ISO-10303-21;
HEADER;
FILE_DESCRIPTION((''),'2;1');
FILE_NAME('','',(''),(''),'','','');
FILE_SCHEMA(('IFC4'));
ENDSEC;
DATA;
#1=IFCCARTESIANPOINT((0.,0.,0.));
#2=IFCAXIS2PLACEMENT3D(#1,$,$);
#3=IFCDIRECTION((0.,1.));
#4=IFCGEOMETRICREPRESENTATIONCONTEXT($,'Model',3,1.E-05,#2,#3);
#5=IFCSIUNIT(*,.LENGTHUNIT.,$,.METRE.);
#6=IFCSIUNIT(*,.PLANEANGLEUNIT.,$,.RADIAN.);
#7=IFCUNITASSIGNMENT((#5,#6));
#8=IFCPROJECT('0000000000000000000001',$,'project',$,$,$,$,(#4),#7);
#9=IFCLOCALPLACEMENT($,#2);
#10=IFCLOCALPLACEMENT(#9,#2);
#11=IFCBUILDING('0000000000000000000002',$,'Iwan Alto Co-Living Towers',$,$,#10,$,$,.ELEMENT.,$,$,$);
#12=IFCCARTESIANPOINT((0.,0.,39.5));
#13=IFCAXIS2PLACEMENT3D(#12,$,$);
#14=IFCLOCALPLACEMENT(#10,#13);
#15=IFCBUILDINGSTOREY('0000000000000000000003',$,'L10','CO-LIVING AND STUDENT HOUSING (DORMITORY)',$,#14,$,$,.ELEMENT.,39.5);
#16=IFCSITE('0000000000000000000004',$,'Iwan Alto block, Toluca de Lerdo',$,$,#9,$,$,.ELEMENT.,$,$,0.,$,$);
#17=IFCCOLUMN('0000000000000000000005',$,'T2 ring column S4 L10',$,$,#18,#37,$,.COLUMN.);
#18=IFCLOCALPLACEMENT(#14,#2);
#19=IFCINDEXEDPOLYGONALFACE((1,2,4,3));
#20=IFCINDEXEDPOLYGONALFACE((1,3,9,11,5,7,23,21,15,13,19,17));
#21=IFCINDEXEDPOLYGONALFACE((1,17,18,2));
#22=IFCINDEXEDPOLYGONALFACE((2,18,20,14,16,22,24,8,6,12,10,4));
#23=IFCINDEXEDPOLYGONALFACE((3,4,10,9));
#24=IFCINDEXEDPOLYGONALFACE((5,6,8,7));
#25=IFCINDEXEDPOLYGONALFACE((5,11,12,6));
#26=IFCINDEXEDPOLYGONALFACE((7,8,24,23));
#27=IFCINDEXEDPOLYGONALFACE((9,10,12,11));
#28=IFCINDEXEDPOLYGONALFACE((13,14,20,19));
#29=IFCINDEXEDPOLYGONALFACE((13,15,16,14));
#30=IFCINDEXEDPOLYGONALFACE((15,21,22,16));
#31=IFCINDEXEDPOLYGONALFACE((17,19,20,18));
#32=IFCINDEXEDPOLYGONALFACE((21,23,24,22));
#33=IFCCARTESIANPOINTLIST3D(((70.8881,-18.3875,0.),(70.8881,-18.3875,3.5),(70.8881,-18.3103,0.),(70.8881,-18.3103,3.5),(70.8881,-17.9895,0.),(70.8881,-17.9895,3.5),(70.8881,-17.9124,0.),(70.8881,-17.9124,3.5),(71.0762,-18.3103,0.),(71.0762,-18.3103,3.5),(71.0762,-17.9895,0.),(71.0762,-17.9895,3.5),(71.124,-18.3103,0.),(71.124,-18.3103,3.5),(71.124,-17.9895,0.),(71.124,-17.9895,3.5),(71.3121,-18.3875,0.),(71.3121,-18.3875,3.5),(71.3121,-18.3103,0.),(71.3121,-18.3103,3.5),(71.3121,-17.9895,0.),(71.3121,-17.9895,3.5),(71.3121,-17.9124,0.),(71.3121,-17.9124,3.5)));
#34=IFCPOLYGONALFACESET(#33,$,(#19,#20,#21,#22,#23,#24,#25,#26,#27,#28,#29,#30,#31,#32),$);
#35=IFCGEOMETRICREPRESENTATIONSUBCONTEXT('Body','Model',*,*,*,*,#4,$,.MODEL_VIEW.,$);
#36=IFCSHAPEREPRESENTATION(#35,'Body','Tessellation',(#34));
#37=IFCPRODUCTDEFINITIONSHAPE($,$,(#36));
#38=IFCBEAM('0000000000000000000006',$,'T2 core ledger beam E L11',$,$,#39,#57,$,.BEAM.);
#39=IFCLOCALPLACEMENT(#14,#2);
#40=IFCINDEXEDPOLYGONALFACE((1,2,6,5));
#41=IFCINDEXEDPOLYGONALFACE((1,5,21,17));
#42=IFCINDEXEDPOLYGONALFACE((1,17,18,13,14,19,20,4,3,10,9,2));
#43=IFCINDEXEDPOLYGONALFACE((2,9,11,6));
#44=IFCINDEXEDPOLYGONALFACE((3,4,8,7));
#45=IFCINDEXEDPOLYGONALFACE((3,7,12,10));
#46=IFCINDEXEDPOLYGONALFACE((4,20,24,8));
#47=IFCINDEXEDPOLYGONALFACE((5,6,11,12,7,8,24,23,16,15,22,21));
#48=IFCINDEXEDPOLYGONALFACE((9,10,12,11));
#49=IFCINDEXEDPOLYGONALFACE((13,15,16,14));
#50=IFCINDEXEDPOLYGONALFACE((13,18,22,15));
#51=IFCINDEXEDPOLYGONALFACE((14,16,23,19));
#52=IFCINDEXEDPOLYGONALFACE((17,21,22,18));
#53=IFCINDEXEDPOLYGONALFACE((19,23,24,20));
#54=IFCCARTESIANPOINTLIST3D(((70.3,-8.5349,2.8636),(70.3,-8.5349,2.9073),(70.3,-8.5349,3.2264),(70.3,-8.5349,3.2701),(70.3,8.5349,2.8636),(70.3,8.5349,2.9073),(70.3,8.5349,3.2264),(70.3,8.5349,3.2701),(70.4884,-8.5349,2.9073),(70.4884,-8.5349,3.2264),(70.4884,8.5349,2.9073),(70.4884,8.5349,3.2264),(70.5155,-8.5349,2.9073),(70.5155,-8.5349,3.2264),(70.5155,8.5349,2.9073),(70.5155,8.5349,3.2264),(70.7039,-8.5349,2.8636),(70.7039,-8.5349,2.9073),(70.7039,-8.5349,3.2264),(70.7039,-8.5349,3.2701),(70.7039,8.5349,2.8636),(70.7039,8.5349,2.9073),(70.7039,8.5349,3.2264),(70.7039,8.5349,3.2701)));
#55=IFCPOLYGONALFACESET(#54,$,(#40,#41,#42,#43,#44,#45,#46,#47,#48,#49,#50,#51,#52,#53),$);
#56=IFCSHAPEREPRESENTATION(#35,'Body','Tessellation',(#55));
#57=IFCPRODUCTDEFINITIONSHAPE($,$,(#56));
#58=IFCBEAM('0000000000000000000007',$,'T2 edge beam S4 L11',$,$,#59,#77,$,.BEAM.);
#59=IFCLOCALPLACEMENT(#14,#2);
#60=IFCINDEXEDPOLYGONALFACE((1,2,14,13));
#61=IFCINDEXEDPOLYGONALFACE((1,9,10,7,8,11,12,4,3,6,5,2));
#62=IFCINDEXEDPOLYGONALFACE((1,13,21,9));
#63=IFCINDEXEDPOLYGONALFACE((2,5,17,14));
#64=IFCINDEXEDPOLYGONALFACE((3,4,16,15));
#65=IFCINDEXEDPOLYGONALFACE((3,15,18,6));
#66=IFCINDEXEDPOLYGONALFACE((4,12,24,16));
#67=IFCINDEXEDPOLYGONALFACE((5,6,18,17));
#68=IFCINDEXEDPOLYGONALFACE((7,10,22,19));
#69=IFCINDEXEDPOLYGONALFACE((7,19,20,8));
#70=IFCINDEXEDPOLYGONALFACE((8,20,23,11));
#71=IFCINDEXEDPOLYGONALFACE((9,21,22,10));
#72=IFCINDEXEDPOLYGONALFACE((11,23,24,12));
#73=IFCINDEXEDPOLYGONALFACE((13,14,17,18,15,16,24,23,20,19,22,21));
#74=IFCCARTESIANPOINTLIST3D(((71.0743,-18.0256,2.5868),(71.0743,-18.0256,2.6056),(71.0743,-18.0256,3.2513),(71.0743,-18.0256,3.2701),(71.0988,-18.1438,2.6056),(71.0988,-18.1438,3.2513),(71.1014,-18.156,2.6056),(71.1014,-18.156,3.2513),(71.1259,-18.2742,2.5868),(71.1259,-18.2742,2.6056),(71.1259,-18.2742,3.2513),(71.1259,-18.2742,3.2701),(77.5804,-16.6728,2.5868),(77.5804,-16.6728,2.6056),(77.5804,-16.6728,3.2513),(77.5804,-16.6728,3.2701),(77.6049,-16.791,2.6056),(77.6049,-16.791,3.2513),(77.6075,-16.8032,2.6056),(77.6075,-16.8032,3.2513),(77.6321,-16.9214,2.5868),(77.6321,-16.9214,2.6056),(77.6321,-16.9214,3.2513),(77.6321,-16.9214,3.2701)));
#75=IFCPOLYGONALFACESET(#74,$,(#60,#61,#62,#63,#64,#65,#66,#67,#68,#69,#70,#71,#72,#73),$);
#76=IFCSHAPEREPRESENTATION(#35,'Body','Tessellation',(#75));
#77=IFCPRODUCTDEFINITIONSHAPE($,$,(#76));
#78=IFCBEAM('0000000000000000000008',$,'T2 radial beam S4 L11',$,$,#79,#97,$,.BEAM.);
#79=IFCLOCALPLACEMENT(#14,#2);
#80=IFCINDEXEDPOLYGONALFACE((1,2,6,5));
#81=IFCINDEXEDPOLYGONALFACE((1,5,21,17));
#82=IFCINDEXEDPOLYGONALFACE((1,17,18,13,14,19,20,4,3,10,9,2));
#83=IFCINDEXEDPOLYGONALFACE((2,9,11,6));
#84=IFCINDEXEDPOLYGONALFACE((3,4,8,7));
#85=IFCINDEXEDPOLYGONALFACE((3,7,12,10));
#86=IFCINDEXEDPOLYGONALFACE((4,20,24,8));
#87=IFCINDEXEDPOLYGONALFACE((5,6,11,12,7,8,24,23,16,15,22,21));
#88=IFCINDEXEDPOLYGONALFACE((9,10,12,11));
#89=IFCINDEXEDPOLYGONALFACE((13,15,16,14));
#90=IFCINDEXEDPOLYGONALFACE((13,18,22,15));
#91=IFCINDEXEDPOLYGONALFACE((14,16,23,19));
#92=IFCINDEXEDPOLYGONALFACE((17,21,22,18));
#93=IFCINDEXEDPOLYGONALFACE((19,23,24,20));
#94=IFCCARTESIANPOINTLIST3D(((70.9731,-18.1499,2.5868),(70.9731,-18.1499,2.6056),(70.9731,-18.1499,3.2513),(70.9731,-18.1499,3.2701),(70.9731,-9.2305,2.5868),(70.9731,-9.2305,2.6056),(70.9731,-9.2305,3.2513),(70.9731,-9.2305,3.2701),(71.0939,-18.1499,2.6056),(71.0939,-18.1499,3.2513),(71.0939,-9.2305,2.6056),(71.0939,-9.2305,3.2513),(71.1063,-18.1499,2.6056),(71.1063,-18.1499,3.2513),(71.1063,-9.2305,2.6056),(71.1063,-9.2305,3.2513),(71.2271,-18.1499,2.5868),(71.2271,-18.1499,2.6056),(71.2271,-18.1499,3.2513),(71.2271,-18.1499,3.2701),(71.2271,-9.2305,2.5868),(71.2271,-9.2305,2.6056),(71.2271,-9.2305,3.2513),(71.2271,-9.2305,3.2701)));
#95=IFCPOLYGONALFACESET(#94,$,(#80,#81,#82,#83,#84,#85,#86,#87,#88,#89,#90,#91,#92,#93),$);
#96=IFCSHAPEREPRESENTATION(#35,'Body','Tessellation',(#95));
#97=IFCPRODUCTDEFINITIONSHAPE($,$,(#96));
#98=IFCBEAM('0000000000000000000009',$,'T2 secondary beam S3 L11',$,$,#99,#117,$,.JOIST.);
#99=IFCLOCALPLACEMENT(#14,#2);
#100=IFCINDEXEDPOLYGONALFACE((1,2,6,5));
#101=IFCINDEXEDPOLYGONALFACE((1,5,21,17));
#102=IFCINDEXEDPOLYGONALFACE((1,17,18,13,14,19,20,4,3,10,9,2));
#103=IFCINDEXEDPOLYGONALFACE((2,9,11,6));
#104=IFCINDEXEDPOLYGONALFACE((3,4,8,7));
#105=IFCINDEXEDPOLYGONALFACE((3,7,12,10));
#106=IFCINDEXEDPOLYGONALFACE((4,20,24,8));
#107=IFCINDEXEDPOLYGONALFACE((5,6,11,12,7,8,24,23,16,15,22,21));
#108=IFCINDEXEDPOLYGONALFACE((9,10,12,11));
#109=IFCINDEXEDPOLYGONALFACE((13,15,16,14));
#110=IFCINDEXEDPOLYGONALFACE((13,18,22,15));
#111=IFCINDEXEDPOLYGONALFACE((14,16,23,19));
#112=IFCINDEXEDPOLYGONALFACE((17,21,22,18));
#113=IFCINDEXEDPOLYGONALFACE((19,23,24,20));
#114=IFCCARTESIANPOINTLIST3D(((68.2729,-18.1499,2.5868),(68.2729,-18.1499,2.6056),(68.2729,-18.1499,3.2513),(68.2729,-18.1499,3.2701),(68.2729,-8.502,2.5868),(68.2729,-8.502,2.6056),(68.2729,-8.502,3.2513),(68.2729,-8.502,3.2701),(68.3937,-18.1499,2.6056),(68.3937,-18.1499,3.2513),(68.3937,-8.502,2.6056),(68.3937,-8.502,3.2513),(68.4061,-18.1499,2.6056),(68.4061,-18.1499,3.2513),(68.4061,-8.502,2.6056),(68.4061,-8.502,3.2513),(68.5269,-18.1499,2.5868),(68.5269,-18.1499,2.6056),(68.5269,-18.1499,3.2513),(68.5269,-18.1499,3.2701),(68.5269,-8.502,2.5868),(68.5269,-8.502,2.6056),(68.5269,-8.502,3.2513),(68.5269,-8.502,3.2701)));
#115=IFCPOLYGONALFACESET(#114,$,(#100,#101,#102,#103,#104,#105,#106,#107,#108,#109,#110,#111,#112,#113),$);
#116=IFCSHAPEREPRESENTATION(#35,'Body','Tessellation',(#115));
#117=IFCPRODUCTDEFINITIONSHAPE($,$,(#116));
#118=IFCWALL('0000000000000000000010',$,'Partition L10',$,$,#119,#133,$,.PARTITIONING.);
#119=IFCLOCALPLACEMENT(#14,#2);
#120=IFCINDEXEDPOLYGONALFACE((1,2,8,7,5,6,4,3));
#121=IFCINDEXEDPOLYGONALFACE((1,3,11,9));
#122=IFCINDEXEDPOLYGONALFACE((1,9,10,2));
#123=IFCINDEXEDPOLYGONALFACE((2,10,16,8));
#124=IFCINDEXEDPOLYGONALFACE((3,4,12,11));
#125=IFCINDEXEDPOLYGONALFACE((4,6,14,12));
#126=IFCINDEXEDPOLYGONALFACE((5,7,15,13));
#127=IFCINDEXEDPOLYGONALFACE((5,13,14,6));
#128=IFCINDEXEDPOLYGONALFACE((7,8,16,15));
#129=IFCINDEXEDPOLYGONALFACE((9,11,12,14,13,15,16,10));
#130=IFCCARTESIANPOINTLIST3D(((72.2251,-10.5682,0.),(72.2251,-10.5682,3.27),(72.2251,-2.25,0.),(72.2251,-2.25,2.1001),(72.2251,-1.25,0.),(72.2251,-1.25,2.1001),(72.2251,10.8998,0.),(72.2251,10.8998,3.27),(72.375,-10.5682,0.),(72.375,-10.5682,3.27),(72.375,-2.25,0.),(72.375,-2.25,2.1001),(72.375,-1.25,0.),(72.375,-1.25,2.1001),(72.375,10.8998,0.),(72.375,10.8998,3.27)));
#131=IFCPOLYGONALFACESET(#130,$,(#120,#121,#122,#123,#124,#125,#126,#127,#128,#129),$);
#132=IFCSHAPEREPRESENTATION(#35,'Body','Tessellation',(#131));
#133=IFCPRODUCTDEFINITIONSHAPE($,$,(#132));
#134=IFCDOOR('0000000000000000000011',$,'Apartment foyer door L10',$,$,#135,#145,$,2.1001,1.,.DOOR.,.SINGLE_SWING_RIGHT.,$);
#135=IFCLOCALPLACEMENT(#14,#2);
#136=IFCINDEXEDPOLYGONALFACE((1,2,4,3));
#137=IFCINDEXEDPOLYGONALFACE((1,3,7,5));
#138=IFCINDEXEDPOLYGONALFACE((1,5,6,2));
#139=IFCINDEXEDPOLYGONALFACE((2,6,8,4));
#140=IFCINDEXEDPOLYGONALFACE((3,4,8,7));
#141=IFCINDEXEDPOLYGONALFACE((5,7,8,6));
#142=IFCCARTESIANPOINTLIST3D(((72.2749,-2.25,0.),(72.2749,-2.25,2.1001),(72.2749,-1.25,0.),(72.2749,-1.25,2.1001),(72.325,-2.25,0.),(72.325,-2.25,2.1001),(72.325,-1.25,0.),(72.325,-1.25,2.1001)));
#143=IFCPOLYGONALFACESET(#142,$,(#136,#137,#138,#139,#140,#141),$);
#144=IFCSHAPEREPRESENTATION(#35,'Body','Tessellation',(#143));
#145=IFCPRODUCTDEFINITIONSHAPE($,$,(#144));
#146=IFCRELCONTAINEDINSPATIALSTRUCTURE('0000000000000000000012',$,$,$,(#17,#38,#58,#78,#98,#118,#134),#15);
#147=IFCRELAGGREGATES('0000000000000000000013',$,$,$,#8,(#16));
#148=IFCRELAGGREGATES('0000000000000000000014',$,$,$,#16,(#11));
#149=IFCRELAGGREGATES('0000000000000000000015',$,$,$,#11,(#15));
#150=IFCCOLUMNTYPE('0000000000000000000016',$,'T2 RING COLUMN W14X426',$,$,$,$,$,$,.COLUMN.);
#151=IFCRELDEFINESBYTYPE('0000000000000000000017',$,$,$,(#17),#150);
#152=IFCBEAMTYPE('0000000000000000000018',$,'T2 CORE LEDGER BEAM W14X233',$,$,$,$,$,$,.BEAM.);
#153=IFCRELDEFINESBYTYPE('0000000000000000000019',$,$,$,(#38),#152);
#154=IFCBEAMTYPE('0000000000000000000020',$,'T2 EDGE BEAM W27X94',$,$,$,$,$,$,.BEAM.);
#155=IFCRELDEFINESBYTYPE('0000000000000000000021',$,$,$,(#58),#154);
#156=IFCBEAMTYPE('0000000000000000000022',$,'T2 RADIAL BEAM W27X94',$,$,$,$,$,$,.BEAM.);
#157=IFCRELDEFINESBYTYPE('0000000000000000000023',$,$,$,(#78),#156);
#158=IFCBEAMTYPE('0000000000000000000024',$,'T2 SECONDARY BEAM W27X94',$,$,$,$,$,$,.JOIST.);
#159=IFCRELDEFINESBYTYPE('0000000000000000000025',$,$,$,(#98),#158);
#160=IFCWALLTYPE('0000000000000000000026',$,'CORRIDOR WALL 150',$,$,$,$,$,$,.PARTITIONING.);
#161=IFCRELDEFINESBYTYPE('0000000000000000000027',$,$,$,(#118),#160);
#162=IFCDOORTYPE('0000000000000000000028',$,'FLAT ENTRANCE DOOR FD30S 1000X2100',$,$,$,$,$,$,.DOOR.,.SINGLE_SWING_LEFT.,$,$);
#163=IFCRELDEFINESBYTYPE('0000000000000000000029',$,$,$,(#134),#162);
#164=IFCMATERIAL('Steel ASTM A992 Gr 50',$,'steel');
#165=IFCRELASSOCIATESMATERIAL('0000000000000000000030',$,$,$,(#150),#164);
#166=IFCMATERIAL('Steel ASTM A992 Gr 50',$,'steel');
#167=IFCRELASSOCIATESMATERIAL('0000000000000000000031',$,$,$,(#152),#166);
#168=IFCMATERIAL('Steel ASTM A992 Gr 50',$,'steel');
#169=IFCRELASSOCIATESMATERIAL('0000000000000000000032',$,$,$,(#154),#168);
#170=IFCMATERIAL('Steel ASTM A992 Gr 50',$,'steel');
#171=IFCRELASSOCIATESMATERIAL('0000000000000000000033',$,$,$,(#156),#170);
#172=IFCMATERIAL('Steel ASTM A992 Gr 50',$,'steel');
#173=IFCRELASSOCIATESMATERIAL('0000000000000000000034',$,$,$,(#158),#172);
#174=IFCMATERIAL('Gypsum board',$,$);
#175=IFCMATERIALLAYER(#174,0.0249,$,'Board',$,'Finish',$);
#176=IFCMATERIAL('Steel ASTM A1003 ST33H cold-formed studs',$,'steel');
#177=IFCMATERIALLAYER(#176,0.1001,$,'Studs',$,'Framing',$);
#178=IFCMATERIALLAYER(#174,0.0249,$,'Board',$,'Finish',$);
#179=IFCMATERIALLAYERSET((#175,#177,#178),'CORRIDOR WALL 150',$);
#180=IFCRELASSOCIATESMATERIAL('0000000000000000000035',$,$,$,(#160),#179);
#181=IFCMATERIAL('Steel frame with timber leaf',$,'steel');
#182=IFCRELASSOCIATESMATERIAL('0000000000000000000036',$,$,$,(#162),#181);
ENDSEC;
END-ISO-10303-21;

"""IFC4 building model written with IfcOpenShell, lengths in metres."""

from ifc_helpers import new_model, si_unit, direction, frame, frame_2d, origin, origin_2d, place, context, subcontext, project, spatial, rectangle, i_section, extrude, material, layer, layer_set, material_profile, profile_set, type_object, element, fill, save


model = new_model("IFC4")

# Units and contexts
model_context = context("Model", 3, precision=1e-05, world=origin(), true_north=direction((0.0, 1.0)))
body_context = subcontext(model_context, "Body", "Model", "MODEL_VIEW")
ifc_project = project(units=[si_unit("LENGTHUNIT", "METRE"), si_unit("PLANEANGLEUNIT", "RADIAN")], contexts=[model_context])

# Site, building, storey
site_placement = place(None, origin())
site = spatial("IfcSite", under=ifc_project, at=site_placement, Name="Iwan Alto block, Toluca de Lerdo", CompositionType="ELEMENT", RefElevation=0.0)
building_placement = place(site_placement, origin())
building = spatial("IfcBuilding", under=site, at=building_placement, Name="Iwan Alto Co-Living Towers", CompositionType="ELEMENT")
storey_placement = place(building_placement, frame((0.0, 0.0, 39.5)))
storey = spatial("IfcBuildingStorey", under=building, at=storey_placement, Name="L10", Description="CO-LIVING AND STUDENT HOUSING (DORMITORY)", CompositionType="ELEMENT", Elevation=39.5)

# Column
ifc_material_1 = material(Name="Steel ASTM A992 Gr 50", Category="steel")
ifc_material_profile_1 = material_profile(ifc_material_1, i_section(OverallWidth=0.4241, OverallDepth=0.4751, WebThickness=0.0479, FlangeThickness=0.0771, at=origin_2d()), Name="W14X426")
ifc_profile_set_1 = profile_set([ifc_material_profile_1], Name="Steel ASTM A992 Gr 50")
column_type = type_object("IfcColumnType", Name="T2 RING COLUMN W14X426", PredefinedType="COLUMN", material=ifc_profile_set_1)
column_placement = place(storey_placement, frame((71.1001, -18.1499, 0.0), z_axis=(0.0, 0.0, 1.0), x_axis=(1.0, 0.0, 0.0)))
element("IfcColumn", 1, at=column_placement, inside=storey, type_object=column_type, Name="T2 ring column S4 L10", PredefinedType="COLUMN", context=body_context, shape_type="SweptSolid", body=[
    extrude(i_section(OverallWidth=0.4241, OverallDepth=0.4751, WebThickness=0.0479, FlangeThickness=0.0771, at=origin_2d()), origin(), (0.0, 0.0, 1.0), 3.5),
])

# Beams
ifc_material_2 = material(Name="Steel ASTM A992 Gr 50", Category="steel")
ifc_material_profile_2 = material_profile(ifc_material_2, i_section(OverallWidth=0.4038, OverallDepth=0.4065, WebThickness=0.0271, FlangeThickness=0.0437, at=origin_2d()), Name="W14X233")
ifc_profile_set_2 = profile_set([ifc_material_profile_2], Name="Steel ASTM A992 Gr 50")
beam_type_1 = type_object("IfcBeamType", Name="T2 CORE LEDGER BEAM W14X233", PredefinedType="BEAM", material=ifc_profile_set_2)
beam_1_placement = place(storey_placement, frame((70.502, -8.5349, 3.0669), z_axis=(0.0, 1.0, 0.0), x_axis=(-1.0, 0.0, 0.0)))
element("IfcBeam", 2, at=beam_1_placement, inside=storey, type_object=beam_type_1, Name="T2 core ledger beam E L11", PredefinedType="BEAM", context=body_context, shape_type="SweptSolid", body=[
    extrude(i_section(OverallWidth=0.4038, OverallDepth=0.4065, WebThickness=0.0271, FlangeThickness=0.0437, at=origin_2d()), origin(), (0.0, 0.0, 1.0), 17.0698),
])
ifc_material_3 = material(Name="Steel ASTM A992 Gr 50", Category="steel")
ifc_material_profile_3 = material_profile(ifc_material_3, i_section(OverallWidth=0.2539, OverallDepth=0.6833, WebThickness=0.0125, FlangeThickness=0.0188, at=origin_2d()), Name="W27X94")
ifc_profile_set_3 = profile_set([ifc_material_profile_3], Name="Steel ASTM A992 Gr 50")
beam_type_2 = type_object("IfcBeamType", Name="T2 EDGE BEAM W27X94", PredefinedType="BEAM", material=ifc_profile_set_3)
beam_2_placement = place(storey_placement, frame((71.1001, -18.1499, 2.9285), z_axis=(0.97906, 0.203571, 0.0), x_axis=(-0.203571, 0.97906, 0.0)))
element("IfcBeam", 3, at=beam_2_placement, inside=storey, type_object=beam_type_2, Name="T2 edge beam S4 L11", PredefinedType="BEAM", context=body_context, shape_type="SweptSolid", body=[
    extrude(i_section(OverallWidth=0.2539, OverallDepth=0.6833, WebThickness=0.0125, FlangeThickness=0.0188, at=origin_2d()), origin(), (0.0, 0.0, 1.0), 6.6453),
])
ifc_material_4 = material(Name="Steel ASTM A992 Gr 50", Category="steel")
ifc_material_profile_4 = material_profile(ifc_material_4, i_section(OverallWidth=0.2539, OverallDepth=0.6833, WebThickness=0.0125, FlangeThickness=0.0188, at=origin_2d()), Name="W27X94")
ifc_profile_set_4 = profile_set([ifc_material_profile_4], Name="Steel ASTM A992 Gr 50")
beam_type_3 = type_object("IfcBeamType", Name="T2 RADIAL BEAM W27X94", PredefinedType="BEAM", material=ifc_profile_set_4)
beam_3_placement = place(storey_placement, frame((71.1001, -18.1499, 2.9285), z_axis=(0.0, 1.0, 0.0), x_axis=(-1.0, 0.0, 0.0)))
element("IfcBeam", 4, at=beam_3_placement, inside=storey, type_object=beam_type_3, Name="T2 radial beam S4 L11", PredefinedType="BEAM", context=body_context, shape_type="SweptSolid", body=[
    extrude(i_section(OverallWidth=0.2539, OverallDepth=0.6833, WebThickness=0.0125, FlangeThickness=0.0188, at=origin_2d()), origin(), (0.0, 0.0, 1.0), 8.9194),
])
ifc_material_5 = material(Name="Steel ASTM A992 Gr 50", Category="steel")
ifc_material_profile_5 = material_profile(ifc_material_5, i_section(OverallWidth=0.2539, OverallDepth=0.6833, WebThickness=0.0125, FlangeThickness=0.0188, at=origin_2d()), Name="W27X94")
ifc_profile_set_5 = profile_set([ifc_material_profile_5], Name="Steel ASTM A992 Gr 50")
beam_type_4 = type_object("IfcBeamType", Name="T2 SECONDARY BEAM W27X94", PredefinedType="JOIST", material=ifc_profile_set_5)
beam_4_placement = place(storey_placement, frame((68.3999, -18.1499, 2.9285), z_axis=(0.0, 1.0, 0.0), x_axis=(-1.0, 0.0, 0.0)))
element("IfcBeam", 5, at=beam_4_placement, inside=storey, type_object=beam_type_4, Name="T2 secondary beam S3 L11", PredefinedType="JOIST", context=body_context, shape_type="SweptSolid", body=[
    extrude(i_section(OverallWidth=0.2539, OverallDepth=0.6833, WebThickness=0.0125, FlangeThickness=0.0188, at=origin_2d()), origin(), (0.0, 0.0, 1.0), 9.6479),
])

# Wall, opening, door
ifc_material_6 = material(Name="Gypsum board")
ifc_layer_1 = layer(ifc_material_6, 0.0249, Name="Board", Category="Finish")
ifc_material_7 = material(Name="Steel ASTM A1003 ST33H cold-formed studs", Category="steel")
ifc_layer_2 = layer(ifc_material_7, 0.1001, Name="Studs", Category="Framing")
ifc_layer_3 = layer(ifc_material_6, 0.0249, Name="Board", Category="Finish")
ifc_layer_set_1 = layer_set([ifc_layer_1, ifc_layer_2, ifc_layer_3], Name="CORRIDOR WALL 150")
wall_type_1 = type_object("IfcWallType", Name="CORRIDOR WALL 150", PredefinedType="PARTITIONING", material=ifc_layer_set_1)
wall_1_placement = place(storey_placement, frame((72.3, -10.5681, 0.0), z_axis=(0.0, 0.0, 1.0), x_axis=(0.0, 1.0, 0.0)))
wall_1 = element("IfcWall", 6, at=wall_1_placement, inside=storey, type_object=wall_type_1, Name="Partition L10", PredefinedType="PARTITIONING", context=body_context, shape_type="SweptSolid", body=[
    extrude(rectangle(XDim=21.468, YDim=0.1499, at=frame_2d((10.7339, 0.0))), origin(), (0.0, 0.0, 1.0), 3.27),
])
opening_1_placement = place(wall_1_placement, frame((8.3181, 0.0, 0.0)))
opening_1 = element("IfcOpeningElement", 7, at=opening_1_placement, cuts=wall_1, PredefinedType="OPENING", context=body_context, shape_type="SweptSolid", body=[
    extrude(rectangle(XDim=1.0, YDim=2.1001, at=frame_2d((0.5, 1.05))), frame((0.0, 0.085, 0.0), z_axis=(0.0, -1.0, 0.0), x_axis=(1.0, 0.0, 0.0)), (0.0, 0.0, 1.0), 0.1699),
])
ifc_material_8 = material(Name="Steel frame with timber leaf", Category="steel")
door_type_1 = type_object("IfcDoorType", Name="FLAT ENTRANCE DOOR FD30S 1000X2100", OperationType="SINGLE_SWING_LEFT", PredefinedType="DOOR", material=ifc_material_8)
door_1_placement = place(opening_1_placement, frame((1.0, 0.0, 0.0), z_axis=(0.0, 0.0, 1.0), x_axis=(-1.0, 0.0, 0.0)))
door_1 = element("IfcDoor", 8, at=door_1_placement, inside=storey, type_object=door_type_1, Name="Apartment foyer door L10", OperationType="SINGLE_SWING_RIGHT", OverallHeight=2.1001, OverallWidth=1.0, PredefinedType="DOOR", context=body_context, shape_type="SweptSolid", body=[
    extrude(rectangle(XDim=1.0, YDim=2.1001, at=frame_2d((0.5, 1.05))), frame((0.0, 0.0249, 0.0), z_axis=(0.0, -1.0, 0.0), x_axis=(1.0, 0.0, 0.0)), (0.0, 0.0, 1.0), 0.05),
])
fill(opening_1, door_1)

save(model, "model.ifc")
